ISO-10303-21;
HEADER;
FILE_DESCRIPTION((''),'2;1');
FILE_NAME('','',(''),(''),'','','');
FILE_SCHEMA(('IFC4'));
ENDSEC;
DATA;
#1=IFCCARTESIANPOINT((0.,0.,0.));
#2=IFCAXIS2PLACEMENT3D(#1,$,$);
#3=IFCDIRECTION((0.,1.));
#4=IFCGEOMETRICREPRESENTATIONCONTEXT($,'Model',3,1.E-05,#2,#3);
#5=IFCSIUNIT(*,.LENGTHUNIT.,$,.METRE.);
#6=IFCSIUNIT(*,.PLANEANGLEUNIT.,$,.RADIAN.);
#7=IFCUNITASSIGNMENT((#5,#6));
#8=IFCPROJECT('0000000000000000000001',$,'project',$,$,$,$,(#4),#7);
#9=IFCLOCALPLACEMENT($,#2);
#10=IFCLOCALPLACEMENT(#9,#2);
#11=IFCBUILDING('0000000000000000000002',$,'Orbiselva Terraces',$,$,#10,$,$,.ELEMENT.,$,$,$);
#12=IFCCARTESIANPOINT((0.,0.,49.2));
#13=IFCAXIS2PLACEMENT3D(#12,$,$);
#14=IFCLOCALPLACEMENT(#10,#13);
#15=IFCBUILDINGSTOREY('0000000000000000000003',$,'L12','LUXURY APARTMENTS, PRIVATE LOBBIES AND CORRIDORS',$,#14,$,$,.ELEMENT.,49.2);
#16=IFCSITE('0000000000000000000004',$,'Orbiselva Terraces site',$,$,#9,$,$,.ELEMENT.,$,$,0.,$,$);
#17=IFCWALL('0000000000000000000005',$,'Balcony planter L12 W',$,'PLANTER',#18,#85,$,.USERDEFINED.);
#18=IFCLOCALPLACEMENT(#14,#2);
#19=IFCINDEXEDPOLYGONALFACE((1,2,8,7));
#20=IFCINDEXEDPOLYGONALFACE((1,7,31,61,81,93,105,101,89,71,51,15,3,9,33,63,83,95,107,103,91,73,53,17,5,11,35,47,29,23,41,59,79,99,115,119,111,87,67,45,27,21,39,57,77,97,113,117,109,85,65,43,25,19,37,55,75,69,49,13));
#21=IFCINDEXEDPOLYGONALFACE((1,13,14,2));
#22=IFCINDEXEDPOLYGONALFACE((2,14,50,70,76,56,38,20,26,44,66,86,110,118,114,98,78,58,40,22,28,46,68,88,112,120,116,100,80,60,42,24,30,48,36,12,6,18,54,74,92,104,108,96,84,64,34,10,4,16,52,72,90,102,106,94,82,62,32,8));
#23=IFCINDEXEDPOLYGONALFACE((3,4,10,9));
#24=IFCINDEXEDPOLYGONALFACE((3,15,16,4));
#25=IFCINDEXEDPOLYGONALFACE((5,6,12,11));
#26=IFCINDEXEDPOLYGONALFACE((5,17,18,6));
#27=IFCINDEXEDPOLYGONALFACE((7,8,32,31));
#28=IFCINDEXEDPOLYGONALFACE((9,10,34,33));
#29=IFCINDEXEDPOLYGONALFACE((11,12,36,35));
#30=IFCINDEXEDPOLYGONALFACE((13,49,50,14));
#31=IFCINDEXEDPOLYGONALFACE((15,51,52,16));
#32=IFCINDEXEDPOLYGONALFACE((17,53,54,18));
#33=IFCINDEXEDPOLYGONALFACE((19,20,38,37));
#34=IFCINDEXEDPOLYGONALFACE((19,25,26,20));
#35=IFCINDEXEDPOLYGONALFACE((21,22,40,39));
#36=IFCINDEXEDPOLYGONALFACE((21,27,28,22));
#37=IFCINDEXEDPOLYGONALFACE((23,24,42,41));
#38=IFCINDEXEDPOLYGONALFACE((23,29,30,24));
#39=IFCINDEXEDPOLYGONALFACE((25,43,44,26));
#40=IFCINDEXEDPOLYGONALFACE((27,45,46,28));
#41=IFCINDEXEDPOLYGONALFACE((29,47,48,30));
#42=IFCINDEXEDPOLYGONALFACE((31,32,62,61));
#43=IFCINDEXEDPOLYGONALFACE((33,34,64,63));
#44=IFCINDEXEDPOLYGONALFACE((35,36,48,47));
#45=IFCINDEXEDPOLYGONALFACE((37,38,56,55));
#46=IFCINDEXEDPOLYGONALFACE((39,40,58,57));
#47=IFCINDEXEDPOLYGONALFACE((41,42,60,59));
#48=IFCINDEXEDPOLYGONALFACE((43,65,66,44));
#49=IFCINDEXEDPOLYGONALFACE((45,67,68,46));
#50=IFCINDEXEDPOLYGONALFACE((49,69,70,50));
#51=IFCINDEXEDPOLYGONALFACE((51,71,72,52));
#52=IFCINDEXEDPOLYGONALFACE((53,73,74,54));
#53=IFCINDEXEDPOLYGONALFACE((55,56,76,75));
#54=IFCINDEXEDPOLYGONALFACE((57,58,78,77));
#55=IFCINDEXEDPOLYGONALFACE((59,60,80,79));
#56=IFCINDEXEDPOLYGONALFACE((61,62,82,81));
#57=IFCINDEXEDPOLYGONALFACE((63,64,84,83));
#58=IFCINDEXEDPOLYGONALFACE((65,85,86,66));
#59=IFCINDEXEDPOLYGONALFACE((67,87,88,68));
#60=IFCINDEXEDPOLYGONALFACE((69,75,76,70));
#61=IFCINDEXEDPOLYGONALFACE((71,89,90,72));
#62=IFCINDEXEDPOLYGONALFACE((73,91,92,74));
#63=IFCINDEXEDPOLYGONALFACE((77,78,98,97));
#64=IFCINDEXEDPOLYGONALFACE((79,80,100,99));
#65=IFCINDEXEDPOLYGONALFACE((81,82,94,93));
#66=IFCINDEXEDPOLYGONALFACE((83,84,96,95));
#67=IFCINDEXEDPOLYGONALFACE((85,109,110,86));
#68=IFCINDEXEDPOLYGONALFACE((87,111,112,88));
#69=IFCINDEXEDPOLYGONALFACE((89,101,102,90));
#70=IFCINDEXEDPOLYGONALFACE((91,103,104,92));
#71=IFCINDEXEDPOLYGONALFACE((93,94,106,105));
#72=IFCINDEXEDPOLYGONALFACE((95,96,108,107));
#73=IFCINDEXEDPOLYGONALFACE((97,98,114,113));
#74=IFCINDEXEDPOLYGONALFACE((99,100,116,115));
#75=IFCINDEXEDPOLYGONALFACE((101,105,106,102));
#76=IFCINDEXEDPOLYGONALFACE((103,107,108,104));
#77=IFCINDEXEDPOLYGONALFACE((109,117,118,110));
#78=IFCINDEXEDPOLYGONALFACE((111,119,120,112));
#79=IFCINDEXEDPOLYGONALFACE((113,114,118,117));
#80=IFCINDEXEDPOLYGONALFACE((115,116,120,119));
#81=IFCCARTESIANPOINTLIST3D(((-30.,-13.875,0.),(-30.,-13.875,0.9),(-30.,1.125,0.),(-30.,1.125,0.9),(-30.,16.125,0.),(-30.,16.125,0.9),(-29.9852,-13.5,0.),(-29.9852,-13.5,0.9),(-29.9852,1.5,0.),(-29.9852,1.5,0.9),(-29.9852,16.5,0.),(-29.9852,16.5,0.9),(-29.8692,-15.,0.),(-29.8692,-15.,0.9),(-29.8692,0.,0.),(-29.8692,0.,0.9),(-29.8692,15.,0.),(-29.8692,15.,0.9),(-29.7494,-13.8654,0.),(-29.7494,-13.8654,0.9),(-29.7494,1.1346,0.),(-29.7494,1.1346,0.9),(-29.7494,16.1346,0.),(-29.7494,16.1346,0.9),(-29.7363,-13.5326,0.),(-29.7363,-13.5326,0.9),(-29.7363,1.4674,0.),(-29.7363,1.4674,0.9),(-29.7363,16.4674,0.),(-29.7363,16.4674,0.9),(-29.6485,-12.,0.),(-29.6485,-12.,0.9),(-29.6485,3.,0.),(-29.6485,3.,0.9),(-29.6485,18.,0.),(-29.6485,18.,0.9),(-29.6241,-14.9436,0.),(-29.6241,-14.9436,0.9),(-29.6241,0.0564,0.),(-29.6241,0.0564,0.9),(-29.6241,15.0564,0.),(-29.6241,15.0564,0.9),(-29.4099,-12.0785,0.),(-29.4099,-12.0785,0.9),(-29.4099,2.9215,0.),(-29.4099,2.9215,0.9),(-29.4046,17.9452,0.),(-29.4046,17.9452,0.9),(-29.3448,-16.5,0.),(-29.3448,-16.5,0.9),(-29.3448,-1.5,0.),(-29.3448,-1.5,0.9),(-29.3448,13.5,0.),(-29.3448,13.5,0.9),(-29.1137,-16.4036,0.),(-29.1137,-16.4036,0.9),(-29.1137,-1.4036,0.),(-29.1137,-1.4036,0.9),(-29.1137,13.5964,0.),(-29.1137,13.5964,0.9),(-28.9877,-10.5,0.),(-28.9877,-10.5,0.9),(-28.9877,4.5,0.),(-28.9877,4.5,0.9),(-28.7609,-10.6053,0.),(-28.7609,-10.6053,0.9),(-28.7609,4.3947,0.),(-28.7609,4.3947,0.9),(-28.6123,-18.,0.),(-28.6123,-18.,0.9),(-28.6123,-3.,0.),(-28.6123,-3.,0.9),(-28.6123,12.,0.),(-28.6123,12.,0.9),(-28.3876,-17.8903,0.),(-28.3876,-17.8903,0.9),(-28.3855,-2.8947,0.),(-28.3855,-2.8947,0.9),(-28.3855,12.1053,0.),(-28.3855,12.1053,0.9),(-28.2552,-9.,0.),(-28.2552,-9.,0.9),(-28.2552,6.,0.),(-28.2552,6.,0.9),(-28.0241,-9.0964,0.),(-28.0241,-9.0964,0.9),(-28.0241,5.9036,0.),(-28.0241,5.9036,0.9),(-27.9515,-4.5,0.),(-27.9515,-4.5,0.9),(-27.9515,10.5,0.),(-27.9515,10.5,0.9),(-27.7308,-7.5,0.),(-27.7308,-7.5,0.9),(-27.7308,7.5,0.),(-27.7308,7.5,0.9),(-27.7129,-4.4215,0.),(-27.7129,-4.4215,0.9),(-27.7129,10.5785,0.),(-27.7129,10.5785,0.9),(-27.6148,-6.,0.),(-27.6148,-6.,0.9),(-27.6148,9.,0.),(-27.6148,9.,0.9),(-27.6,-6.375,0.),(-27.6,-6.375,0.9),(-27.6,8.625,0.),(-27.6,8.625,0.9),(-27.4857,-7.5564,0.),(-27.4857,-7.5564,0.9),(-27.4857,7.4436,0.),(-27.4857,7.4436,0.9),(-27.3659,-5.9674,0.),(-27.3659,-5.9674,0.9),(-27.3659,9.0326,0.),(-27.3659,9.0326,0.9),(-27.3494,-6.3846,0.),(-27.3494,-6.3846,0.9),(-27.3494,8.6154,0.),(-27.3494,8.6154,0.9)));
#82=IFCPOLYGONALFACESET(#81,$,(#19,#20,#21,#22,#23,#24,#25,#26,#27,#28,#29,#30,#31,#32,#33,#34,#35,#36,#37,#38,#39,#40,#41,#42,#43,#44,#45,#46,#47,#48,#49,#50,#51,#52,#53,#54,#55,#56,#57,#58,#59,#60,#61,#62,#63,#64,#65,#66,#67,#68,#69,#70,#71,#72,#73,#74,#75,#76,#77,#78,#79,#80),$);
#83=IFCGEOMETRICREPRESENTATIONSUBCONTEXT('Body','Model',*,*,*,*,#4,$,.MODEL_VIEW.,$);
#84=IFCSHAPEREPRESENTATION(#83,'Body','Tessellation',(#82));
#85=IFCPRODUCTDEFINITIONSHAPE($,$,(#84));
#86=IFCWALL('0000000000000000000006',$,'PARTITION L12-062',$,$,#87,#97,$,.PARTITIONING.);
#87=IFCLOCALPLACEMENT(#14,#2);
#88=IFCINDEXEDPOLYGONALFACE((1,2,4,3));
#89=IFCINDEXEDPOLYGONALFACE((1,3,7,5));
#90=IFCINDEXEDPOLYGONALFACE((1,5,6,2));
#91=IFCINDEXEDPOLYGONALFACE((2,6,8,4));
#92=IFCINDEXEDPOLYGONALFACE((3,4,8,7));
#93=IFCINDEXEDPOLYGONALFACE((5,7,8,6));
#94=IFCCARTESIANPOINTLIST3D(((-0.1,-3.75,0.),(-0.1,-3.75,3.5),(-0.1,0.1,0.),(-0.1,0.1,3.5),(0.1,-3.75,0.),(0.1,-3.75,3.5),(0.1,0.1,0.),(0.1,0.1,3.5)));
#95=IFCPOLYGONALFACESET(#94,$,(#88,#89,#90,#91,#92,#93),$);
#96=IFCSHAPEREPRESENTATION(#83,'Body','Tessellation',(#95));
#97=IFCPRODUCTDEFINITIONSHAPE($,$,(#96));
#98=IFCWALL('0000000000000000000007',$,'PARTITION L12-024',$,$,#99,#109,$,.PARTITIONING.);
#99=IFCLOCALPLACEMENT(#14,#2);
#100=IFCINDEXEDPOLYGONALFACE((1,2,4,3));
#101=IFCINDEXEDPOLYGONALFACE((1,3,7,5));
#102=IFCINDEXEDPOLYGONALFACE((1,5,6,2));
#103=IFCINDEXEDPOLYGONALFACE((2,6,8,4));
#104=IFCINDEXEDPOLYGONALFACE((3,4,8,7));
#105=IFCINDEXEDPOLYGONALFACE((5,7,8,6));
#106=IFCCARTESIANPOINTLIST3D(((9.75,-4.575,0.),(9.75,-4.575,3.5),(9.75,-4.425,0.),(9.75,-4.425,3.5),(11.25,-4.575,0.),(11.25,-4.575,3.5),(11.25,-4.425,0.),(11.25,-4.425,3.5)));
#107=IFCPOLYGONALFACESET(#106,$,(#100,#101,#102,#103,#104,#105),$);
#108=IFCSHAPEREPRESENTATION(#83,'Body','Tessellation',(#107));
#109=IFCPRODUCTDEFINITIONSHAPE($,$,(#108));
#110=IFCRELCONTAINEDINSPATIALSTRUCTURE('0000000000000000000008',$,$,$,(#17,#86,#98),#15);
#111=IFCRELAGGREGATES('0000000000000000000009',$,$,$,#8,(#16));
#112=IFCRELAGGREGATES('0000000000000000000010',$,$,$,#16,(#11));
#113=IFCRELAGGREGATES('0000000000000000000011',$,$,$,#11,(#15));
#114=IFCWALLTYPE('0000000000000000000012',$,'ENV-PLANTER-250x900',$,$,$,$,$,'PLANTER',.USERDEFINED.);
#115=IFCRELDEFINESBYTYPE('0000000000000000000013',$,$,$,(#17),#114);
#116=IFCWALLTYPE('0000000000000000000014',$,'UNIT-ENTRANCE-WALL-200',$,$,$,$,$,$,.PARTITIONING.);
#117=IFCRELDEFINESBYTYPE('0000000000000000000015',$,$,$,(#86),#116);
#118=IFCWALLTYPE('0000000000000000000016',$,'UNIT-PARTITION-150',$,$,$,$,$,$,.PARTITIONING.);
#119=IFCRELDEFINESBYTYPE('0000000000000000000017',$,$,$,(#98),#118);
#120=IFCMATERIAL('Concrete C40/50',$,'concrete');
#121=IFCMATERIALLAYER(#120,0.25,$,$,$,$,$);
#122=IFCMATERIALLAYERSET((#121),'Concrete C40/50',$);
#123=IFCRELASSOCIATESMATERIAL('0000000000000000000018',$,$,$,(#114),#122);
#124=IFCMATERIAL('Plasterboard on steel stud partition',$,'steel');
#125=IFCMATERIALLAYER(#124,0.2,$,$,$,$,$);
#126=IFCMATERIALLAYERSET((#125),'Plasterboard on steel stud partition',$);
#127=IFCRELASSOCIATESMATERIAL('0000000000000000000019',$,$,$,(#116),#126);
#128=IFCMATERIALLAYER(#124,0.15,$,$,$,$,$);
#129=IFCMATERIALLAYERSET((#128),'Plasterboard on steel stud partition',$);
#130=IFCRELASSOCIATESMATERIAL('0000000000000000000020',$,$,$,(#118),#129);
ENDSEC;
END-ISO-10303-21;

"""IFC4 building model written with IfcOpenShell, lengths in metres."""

from ifc_helpers import new_model, si_unit, direction, frame, frame_2d, origin, place, context, subcontext, project, spatial, polyline, rectangle, outline, extrude, material, layer, layer_set, type_object, element, save


model = new_model("IFC4")

# Units and contexts
model_context = context("Model", 3, precision=1e-05, world=origin(), true_north=direction((0.0, 1.0)))
body_context = subcontext(model_context, "Body", "Model", "MODEL_VIEW")
ifc_project = project(units=[si_unit("LENGTHUNIT", "METRE"), si_unit("PLANEANGLEUNIT", "RADIAN")], contexts=[model_context])

# Site, building, storey
site_placement = place(None, origin())
site = spatial("IfcSite", under=ifc_project, at=site_placement, Name="Orbiselva Terraces site", CompositionType="ELEMENT", RefElevation=0.0)
building_placement = place(site_placement, origin())
building = spatial("IfcBuilding", under=site, at=building_placement, Name="Orbiselva Terraces", CompositionType="ELEMENT")
storey_placement = place(building_placement, frame((0.0, 0.0, 49.2)))
storey = spatial("IfcBuildingStorey", under=building, at=storey_placement, Name="L12", Description="LUXURY APARTMENTS, PRIVATE LOBBIES AND CORRIDORS", CompositionType="ELEMENT", Elevation=49.2)

# Shared definitions
ifc_material_1 = material(Name="Concrete C40/50", Category="concrete")

# Walls
ifc_layer_1 = layer(ifc_material_1, 0.25)
ifc_layer_set_1 = layer_set([ifc_layer_1], Name="Concrete C40/50")
wall_type_1 = type_object("IfcWallType", Name="ENV-PLANTER-250x900", ElementType="PLANTER", PredefinedType="USERDEFINED", material=ifc_layer_set_1)
wall_1_placement = place(storey_placement, origin())
element("IfcWall", 1, at=wall_1_placement, inside=storey, type_object=wall_type_1, Name="Balcony planter L12 W", ObjectType="PLANTER", PredefinedType="USERDEFINED", context=body_context, shape_type="SweptSolid", body=[
    extrude(outline(polyline([(-29.6485, 18.0), (-29.9852, 16.5), (-30.0, 16.125), (-29.8692, 15.0), (-29.3448, 13.5), (-28.6123, 12.0), (-27.9515, 10.5), (-27.6148, 9.0), (-27.6, 8.625), (-27.7308, 7.5), (-28.2552, 6.0), (-28.9877, 4.5), (-29.6485, 3.0), (-29.9852, 1.5), (-30.0, 1.125), (-29.8692, 0.0), (-29.3448, -1.5), (-28.6123, -3.0), (-27.9515, -4.5), (-27.6148, -6.0), (-27.6, -6.375), (-27.7308, -7.5), (-28.2552, -9.0), (-28.9877, -10.5), (-29.6485, -12.0), (-29.9852, -13.5), (-30.0, -13.875), (-29.8692, -15.0), (-29.3448, -16.5), (-28.6123, -18.0), (-28.3876, -17.8903), (-29.1137, -16.4036), (-29.6241, -14.9436), (-29.7494, -13.8654), (-29.7363, -13.5326), (-29.4099, -12.0785), (-28.7609, -10.6053), (-28.0241, -9.0964), (-27.4857, -7.5564), (-27.3494, -6.3846), (-27.3659, -5.9674), (-27.7129, -4.4215), (-28.3855, -2.8947), (-29.1137, -1.4036), (-29.6241, 0.0564), (-29.7494, 1.1346), (-29.7363, 1.4674), (-29.4099, 2.9215), (-28.7609, 4.3947), (-28.0241, 5.9036), (-27.4857, 7.4436), (-27.3494, 8.6154), (-27.3659, 9.0326), (-27.7129, 10.5785), (-28.3855, 12.1053), (-29.1137, 13.5964), (-29.6241, 15.0564), (-29.7494, 16.1346), (-29.7363, 16.4674), (-29.4046, 17.9452), (-29.6485, 18.0)])), origin(), (0.0, 0.0, 1.0), 0.9),
])
ifc_material_2 = material(Name="Plasterboard on steel stud partition", Category="steel")
ifc_layer_2 = layer(ifc_material_2, 0.2)
ifc_layer_set_2 = layer_set([ifc_layer_2], Name="Plasterboard on steel stud partition")
wall_type_2 = type_object("IfcWallType", Name="UNIT-ENTRANCE-WALL-200", PredefinedType="PARTITIONING", material=ifc_layer_set_2)
wall_2_placement = place(storey_placement, frame((0.0, -3.75, 0.0), z_axis=(0.0, 0.0, 1.0), x_axis=(0.0, 1.0, 0.0)))
element("IfcWall", 2, at=wall_2_placement, inside=storey, type_object=wall_type_2, Name="PARTITION L12-062", PredefinedType="PARTITIONING", context=body_context, shape_type="SweptSolid", body=[
    extrude(rectangle(XDim=3.85, YDim=0.2, at=frame_2d((1.925, 0.0))), origin(), (0.0, 0.0, 1.0), 3.5),
])
ifc_layer_3 = layer(ifc_material_2, 0.15)
ifc_layer_set_3 = layer_set([ifc_layer_3], Name="Plasterboard on steel stud partition")
wall_type_3 = type_object("IfcWallType", Name="UNIT-PARTITION-150", PredefinedType="PARTITIONING", material=ifc_layer_set_3)
wall_3_placement = place(storey_placement, frame((9.75, -4.5, 0.0), z_axis=(0.0, 0.0, 1.0), x_axis=(1.0, 0.0, 0.0)))
element("IfcWall", 3, at=wall_3_placement, inside=storey, type_object=wall_type_3, Name="PARTITION L12-024", PredefinedType="PARTITIONING", context=body_context, shape_type="SweptSolid", body=[
    extrude(rectangle(XDim=1.5, YDim=0.15, at=frame_2d((0.75, 0.0))), origin(), (0.0, 0.0, 1.0), 3.5),
])

save(model, "model.ifc")
